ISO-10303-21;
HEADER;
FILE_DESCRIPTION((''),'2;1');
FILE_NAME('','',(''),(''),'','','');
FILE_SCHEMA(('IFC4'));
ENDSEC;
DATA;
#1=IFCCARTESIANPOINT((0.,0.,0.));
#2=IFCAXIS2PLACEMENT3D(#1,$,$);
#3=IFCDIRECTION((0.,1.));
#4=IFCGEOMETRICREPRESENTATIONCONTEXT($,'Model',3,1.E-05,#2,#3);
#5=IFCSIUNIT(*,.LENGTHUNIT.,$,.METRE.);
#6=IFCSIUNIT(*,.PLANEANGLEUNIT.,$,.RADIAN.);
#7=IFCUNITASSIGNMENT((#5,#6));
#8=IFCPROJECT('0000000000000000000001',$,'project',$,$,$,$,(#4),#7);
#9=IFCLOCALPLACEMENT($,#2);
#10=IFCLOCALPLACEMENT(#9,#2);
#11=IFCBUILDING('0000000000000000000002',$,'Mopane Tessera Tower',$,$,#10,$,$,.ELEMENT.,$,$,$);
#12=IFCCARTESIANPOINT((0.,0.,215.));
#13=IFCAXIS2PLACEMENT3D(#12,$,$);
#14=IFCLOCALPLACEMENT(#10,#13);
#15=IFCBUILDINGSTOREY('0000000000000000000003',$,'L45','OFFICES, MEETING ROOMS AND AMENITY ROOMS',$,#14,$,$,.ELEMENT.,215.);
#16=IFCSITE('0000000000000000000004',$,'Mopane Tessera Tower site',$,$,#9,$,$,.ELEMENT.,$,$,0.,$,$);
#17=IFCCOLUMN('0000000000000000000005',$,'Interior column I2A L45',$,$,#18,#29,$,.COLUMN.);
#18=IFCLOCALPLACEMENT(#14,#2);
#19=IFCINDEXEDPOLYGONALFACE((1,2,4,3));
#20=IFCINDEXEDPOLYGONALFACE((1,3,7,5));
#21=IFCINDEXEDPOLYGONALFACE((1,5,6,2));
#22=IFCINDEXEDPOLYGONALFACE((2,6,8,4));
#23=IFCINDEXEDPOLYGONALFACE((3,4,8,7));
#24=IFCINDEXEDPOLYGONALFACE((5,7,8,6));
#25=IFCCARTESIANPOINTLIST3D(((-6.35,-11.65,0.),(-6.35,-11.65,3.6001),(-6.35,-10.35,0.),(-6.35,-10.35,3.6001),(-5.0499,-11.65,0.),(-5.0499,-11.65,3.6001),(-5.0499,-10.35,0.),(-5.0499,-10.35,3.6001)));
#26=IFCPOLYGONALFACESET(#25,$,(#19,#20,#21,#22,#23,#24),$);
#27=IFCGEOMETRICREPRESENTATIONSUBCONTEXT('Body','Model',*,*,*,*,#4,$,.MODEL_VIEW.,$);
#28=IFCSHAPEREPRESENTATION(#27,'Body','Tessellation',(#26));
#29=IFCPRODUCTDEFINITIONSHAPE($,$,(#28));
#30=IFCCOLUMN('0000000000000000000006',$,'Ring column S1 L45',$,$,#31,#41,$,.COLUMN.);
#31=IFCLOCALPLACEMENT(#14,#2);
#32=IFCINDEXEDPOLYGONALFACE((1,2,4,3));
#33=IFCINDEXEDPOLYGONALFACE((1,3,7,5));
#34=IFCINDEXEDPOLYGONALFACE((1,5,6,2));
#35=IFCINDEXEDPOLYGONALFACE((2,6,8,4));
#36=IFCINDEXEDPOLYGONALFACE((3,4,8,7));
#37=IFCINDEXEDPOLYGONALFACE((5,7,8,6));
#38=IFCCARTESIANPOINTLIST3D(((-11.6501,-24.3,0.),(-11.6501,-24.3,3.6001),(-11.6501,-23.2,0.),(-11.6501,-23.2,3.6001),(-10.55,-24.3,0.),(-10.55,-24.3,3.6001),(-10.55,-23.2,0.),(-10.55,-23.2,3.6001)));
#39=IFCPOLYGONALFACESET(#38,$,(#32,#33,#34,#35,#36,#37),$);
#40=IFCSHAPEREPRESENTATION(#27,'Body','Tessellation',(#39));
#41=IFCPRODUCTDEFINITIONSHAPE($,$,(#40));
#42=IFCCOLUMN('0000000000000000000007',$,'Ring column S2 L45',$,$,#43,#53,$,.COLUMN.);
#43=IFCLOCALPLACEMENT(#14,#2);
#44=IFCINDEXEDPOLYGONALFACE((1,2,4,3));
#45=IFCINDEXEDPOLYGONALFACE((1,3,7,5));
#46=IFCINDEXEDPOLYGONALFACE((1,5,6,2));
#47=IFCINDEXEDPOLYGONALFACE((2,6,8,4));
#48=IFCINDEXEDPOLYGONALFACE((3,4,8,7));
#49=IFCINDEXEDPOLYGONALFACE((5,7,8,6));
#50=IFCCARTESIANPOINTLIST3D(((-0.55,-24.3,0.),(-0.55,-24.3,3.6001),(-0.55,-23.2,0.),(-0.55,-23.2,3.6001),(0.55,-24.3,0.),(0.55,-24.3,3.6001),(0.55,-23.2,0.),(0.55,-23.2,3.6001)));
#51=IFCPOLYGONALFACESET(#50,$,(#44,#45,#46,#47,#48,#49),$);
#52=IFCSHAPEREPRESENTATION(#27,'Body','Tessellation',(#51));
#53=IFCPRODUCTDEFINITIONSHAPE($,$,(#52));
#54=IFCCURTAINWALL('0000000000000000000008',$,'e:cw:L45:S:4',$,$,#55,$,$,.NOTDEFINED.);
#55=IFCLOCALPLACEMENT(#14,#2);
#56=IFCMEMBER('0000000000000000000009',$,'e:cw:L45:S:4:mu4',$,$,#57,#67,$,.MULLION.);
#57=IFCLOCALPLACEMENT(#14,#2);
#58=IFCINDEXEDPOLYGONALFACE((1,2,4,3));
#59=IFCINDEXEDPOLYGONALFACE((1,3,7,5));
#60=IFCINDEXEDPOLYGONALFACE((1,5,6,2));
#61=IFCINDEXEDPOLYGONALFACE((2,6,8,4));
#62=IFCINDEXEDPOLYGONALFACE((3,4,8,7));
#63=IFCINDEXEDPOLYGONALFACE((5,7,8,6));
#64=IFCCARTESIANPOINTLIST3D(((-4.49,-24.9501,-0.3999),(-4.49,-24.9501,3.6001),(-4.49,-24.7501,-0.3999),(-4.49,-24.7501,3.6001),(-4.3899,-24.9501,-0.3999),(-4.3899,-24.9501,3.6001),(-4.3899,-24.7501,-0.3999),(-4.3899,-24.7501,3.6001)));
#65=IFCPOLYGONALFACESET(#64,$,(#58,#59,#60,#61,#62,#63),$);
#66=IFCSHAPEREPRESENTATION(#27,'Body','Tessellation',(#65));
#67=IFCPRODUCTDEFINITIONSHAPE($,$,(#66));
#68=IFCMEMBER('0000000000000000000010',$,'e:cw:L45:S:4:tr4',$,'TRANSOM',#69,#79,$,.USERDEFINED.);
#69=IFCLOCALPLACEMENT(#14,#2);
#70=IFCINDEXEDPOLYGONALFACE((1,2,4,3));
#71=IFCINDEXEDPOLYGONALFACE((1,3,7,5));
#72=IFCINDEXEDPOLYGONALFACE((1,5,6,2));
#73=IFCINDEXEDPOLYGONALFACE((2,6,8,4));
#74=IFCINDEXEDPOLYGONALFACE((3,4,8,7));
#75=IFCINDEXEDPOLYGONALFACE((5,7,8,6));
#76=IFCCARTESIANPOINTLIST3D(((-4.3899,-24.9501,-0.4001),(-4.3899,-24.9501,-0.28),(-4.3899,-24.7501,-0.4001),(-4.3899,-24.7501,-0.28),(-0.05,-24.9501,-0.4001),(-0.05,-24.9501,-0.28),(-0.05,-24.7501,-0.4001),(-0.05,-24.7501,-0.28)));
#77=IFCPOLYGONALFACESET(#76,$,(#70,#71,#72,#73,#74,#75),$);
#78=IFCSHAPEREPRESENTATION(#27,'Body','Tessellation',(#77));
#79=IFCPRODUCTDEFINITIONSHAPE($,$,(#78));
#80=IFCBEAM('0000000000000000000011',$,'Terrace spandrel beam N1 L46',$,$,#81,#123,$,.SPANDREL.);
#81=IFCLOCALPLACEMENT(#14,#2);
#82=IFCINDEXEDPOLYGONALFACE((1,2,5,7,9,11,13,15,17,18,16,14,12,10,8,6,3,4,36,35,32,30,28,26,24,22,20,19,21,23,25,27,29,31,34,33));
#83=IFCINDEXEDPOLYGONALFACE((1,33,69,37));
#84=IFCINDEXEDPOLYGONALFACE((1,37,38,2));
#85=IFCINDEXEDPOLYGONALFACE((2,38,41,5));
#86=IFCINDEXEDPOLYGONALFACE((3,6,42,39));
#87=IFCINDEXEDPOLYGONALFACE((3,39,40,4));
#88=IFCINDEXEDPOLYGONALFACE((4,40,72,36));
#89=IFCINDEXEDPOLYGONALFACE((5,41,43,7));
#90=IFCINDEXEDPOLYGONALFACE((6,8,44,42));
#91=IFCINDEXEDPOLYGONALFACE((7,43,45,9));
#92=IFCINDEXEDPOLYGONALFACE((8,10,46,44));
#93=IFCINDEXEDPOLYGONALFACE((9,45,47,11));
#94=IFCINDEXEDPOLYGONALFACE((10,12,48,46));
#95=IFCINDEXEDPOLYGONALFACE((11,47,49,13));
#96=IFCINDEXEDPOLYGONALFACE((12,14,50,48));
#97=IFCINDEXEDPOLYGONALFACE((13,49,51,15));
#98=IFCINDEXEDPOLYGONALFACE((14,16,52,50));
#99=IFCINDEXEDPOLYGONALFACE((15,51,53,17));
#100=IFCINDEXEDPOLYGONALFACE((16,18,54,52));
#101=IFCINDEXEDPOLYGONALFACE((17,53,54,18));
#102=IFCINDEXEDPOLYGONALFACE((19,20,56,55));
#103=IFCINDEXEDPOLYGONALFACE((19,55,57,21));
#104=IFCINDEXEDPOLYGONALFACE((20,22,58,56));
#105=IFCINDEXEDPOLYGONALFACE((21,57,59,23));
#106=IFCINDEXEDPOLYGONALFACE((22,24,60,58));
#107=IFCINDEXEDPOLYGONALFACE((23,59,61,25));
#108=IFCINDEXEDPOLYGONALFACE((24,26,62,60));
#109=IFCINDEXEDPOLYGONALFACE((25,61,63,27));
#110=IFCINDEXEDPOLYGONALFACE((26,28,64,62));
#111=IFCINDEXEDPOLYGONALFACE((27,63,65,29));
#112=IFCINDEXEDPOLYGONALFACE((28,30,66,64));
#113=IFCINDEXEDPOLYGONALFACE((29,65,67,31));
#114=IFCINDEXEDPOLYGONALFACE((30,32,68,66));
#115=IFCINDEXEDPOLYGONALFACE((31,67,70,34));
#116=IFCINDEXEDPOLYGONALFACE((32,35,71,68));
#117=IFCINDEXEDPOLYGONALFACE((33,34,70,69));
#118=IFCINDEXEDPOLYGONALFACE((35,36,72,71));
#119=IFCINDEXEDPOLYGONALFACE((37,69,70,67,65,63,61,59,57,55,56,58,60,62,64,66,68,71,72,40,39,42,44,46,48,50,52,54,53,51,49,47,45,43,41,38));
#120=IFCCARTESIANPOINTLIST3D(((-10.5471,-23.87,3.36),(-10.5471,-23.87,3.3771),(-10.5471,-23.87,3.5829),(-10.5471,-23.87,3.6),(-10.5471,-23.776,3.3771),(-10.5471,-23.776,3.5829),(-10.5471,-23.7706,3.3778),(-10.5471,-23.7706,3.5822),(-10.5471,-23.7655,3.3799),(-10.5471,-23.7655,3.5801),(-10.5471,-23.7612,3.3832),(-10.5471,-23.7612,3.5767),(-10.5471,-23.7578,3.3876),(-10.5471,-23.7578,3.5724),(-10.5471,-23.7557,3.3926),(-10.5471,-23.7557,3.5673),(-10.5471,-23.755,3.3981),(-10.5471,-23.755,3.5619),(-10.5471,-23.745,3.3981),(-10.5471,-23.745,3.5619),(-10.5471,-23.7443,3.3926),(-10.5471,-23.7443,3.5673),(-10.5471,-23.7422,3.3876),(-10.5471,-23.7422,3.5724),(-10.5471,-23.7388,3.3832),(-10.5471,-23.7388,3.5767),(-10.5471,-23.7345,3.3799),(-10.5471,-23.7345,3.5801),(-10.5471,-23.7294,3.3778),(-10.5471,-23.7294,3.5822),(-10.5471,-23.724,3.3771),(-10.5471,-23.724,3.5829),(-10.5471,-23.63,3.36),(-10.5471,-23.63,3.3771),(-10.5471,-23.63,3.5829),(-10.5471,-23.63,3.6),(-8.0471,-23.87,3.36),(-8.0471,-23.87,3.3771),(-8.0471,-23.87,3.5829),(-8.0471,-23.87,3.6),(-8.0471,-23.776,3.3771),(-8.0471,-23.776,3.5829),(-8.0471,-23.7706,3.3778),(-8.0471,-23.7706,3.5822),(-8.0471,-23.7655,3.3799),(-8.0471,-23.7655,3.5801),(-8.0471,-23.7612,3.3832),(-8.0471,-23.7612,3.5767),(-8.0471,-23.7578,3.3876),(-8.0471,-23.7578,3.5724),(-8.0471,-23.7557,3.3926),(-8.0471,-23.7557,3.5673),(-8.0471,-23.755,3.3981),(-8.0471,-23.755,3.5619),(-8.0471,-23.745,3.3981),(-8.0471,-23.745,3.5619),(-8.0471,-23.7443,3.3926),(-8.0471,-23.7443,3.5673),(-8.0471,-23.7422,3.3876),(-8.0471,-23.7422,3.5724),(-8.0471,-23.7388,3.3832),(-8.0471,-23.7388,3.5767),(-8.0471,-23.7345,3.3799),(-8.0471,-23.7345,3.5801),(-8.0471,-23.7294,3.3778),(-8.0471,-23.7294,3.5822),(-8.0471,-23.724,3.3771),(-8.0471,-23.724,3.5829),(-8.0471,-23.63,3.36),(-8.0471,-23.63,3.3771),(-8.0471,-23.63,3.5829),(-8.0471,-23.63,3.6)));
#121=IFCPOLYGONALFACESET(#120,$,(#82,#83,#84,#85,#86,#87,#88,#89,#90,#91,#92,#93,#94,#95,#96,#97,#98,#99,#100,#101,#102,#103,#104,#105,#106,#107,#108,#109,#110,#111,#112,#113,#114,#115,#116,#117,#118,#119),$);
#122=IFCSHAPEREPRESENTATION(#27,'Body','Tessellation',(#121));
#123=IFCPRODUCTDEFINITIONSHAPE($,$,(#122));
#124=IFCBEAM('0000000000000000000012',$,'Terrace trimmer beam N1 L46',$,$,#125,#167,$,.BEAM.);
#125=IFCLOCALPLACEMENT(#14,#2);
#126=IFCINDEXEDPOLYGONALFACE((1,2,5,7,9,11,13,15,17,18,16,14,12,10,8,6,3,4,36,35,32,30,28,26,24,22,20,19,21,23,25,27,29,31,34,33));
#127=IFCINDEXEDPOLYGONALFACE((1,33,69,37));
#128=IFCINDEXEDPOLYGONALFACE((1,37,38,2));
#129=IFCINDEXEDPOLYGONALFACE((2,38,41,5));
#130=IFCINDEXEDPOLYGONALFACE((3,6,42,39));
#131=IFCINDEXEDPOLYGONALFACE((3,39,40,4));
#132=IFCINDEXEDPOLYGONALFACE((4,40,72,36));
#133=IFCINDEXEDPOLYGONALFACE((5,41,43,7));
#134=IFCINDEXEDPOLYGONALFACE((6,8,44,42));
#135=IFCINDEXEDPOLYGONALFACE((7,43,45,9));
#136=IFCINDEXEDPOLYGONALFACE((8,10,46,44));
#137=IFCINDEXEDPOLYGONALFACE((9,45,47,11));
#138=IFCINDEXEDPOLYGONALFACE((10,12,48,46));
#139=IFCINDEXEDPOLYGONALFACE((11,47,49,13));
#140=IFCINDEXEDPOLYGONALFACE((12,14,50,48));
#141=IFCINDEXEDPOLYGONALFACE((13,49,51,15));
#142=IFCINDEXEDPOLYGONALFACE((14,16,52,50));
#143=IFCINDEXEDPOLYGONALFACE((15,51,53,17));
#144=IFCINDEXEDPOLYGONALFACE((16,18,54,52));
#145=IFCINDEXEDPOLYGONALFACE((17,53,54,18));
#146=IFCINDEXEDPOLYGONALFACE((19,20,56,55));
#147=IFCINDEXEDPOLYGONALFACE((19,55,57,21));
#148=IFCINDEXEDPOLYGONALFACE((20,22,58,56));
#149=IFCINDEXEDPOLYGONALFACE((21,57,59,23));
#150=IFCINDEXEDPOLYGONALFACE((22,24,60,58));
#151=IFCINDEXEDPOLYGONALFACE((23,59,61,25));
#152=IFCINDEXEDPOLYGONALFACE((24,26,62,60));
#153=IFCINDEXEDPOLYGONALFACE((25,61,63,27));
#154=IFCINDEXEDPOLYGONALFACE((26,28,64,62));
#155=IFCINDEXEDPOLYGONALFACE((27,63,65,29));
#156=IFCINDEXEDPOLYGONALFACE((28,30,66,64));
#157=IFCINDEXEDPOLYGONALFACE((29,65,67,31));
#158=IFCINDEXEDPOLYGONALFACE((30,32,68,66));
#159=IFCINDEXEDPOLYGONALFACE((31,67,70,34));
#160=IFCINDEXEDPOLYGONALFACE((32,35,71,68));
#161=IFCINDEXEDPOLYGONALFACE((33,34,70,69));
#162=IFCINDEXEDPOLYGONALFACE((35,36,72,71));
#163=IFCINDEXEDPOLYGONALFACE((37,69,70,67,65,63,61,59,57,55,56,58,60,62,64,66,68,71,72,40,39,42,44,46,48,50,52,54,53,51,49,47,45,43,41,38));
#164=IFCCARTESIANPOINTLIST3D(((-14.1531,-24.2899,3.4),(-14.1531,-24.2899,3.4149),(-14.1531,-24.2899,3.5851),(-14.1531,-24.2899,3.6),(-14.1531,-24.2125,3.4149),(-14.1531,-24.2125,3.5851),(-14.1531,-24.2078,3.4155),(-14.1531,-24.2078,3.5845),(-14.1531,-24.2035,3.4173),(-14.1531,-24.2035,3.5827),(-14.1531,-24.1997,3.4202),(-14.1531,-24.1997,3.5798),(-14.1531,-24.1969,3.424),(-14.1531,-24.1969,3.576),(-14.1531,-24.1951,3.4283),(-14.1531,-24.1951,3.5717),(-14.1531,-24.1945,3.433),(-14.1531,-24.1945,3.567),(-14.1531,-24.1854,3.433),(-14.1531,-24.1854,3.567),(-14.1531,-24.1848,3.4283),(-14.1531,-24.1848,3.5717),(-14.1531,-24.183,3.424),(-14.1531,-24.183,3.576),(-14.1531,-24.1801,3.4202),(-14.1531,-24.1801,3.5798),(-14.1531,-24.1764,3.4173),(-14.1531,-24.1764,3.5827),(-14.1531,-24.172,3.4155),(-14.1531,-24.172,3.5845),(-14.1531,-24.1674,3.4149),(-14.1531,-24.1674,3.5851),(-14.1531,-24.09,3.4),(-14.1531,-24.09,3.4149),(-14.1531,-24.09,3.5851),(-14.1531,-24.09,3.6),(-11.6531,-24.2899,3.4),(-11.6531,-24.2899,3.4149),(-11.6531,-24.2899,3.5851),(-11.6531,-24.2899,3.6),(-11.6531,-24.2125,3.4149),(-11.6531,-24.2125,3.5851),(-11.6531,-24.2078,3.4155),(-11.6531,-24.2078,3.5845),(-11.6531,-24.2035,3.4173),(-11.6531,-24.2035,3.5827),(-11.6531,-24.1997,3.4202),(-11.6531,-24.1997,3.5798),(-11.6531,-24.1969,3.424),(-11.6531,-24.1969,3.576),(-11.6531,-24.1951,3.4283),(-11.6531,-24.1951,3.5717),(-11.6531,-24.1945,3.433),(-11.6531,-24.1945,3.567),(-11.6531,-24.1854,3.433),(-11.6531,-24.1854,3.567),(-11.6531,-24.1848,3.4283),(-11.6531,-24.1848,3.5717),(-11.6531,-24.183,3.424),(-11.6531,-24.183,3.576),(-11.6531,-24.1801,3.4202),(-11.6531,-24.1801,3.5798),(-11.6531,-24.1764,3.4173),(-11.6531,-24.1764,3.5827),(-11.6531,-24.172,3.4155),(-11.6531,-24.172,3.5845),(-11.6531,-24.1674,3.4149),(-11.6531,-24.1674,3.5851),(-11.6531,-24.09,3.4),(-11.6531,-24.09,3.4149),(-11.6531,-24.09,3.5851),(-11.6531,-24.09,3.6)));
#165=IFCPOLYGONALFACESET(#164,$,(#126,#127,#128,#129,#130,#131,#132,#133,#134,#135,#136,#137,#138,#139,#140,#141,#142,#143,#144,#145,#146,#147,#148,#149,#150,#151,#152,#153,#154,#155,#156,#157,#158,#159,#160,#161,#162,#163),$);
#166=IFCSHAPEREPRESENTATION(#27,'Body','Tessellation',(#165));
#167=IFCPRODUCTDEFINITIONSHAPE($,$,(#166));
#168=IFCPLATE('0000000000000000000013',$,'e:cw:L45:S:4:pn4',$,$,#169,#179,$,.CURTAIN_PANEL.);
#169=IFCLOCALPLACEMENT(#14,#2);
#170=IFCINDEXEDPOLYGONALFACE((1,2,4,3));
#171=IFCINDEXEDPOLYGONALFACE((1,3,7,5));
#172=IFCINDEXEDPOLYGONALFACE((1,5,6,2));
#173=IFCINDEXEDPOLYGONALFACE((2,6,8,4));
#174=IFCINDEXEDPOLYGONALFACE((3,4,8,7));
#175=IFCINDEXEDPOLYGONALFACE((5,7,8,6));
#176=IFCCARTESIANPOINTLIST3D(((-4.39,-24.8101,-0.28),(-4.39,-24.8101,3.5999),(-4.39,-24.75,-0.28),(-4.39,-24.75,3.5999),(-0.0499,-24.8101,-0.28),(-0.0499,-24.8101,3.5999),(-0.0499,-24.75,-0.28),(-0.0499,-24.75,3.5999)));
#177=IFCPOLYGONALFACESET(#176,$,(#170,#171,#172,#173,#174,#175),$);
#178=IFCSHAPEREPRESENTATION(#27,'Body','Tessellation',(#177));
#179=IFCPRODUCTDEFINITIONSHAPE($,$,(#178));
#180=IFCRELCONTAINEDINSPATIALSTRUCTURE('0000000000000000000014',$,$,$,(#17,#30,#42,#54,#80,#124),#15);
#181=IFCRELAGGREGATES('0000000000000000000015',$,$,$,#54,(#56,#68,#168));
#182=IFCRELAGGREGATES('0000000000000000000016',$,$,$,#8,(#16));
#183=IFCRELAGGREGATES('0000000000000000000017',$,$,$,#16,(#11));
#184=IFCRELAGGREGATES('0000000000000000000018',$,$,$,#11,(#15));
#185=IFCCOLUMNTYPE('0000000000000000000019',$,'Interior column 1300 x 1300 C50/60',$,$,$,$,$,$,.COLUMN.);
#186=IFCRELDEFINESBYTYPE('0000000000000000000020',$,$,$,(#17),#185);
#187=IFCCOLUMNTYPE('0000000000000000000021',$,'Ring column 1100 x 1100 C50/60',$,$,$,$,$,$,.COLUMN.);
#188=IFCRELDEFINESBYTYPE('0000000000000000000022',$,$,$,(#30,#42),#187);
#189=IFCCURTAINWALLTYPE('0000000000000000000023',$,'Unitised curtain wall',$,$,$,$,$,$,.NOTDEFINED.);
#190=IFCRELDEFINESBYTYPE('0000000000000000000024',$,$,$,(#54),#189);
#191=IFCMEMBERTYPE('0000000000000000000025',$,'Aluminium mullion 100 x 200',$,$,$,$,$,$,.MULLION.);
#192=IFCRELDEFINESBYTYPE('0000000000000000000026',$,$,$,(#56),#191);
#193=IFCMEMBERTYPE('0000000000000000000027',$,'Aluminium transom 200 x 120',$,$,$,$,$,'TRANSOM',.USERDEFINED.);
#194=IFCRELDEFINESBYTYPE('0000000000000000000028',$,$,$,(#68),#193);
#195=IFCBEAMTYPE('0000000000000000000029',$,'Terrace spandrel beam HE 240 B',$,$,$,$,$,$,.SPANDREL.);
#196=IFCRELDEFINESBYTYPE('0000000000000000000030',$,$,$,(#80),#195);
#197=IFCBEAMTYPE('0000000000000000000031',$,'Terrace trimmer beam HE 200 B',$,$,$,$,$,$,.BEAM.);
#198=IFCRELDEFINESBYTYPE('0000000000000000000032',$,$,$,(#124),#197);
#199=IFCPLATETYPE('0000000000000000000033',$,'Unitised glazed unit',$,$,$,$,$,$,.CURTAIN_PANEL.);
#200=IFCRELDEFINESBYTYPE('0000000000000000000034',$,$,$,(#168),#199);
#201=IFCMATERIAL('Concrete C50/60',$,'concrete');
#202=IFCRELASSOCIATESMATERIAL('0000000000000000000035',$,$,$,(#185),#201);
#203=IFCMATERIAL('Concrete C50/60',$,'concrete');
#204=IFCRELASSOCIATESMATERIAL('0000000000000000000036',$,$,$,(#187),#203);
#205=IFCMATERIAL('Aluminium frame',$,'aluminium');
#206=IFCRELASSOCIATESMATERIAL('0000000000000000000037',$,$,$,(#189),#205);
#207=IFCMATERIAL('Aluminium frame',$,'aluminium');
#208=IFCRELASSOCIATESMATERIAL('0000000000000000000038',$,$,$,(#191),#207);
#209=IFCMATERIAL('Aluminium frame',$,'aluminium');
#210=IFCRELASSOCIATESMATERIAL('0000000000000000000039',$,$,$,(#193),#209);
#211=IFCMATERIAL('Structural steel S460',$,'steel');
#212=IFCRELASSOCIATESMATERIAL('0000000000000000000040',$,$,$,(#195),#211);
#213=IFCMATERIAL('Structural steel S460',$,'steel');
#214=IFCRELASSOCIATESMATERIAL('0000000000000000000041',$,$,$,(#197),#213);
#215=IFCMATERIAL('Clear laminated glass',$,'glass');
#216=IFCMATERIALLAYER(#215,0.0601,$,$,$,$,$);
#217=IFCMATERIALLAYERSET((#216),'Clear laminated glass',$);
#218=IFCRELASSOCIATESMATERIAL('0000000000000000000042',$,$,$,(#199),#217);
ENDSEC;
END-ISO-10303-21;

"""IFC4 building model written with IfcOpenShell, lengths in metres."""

from ifc_helpers import new_model, si_unit, direction, frame, origin, origin_2d, place, context, subcontext, project, spatial, rectangle, i_section, extrude, material, layer, layer_set, material_profile, profile_set, type_object, element, aggregate, save


model = new_model("IFC4")

# Units and contexts
model_context = context("Model", 3, precision=1e-05, world=origin(), true_north=direction((0.0, 1.0)))
body_context = subcontext(model_context, "Body", "Model", "MODEL_VIEW")
ifc_project = project(units=[si_unit("LENGTHUNIT", "METRE"), si_unit("PLANEANGLEUNIT", "RADIAN")], contexts=[model_context])

# Site, building, storey
site_placement = place(None, origin())
site = spatial("IfcSite", under=ifc_project, at=site_placement, Name="Mopane Tessera Tower site", CompositionType="ELEMENT", RefElevation=0.0)
building_placement = place(site_placement, origin())
building = spatial("IfcBuilding", under=site, at=building_placement, Name="Mopane Tessera Tower", CompositionType="ELEMENT")
storey_placement = place(building_placement, frame((0.0, 0.0, 215.0)))
storey = spatial("IfcBuildingStorey", under=building, at=storey_placement, Name="L45", Description="OFFICES, MEETING ROOMS AND AMENITY ROOMS", CompositionType="ELEMENT", Elevation=215.0)

# Columns
ifc_material_1 = material(Name="Concrete C50/60", Category="concrete")
ifc_material_profile_1 = material_profile(ifc_material_1, rectangle(XDim=1.3, YDim=1.3, at=origin_2d()))
ifc_profile_set_1 = profile_set([ifc_material_profile_1], Name="Concrete C50/60")
column_type_1 = type_object("IfcColumnType", Name="Interior column 1300 x 1300 C50/60", PredefinedType="COLUMN", material=ifc_profile_set_1)
column_placement = place(storey_placement, frame((-5.7, -11.0, 0.0), z_axis=(0.0, 0.0, 1.0), x_axis=(1.0, 0.0, 0.0)))
element("IfcColumn", 1, at=column_placement, inside=storey, type_object=column_type_1, Name="Interior column I2A L45", PredefinedType="COLUMN", context=body_context, shape_type="SweptSolid", body=[
    extrude(rectangle(XDim=1.3, YDim=1.3, at=origin_2d()), origin(), (0.0, 0.0, 1.0), 3.6001),
])
ifc_material_2 = material(Name="Concrete C50/60", Category="concrete")
ifc_material_profile_2 = material_profile(ifc_material_2, rectangle(XDim=1.1001, YDim=1.1001, at=origin_2d()))
ifc_profile_set_2 = profile_set([ifc_material_profile_2], Name="Concrete C50/60")
column_type_2 = type_object("IfcColumnType", Name="Ring column 1100 x 1100 C50/60", PredefinedType="COLUMN", material=ifc_profile_set_2)
for number, where, z_axis, x_axis, name in (
    (2, (-11.1001, -23.75, 0.0), (0.0, 0.0, 1.0), (1.0, 0.0, 0.0), "Ring column S1 L45"),
    (3, (0.0, -23.75, 0.0), (0.0, 0.0, 1.0), (1.0, 0.0, 0.0), "Ring column S2 L45"),
):
    element("IfcColumn", number, at=place(storey_placement, frame(where, z_axis=z_axis, x_axis=x_axis)), inside=storey, type_object=column_type_2, Name=name, PredefinedType="COLUMN", context=body_context, shape_type="SweptSolid", body=[
        extrude(rectangle(XDim=1.1001, YDim=1.1001, at=origin_2d()), origin(), (0.0, 0.0, 1.0), 3.6001),
    ])

# Curtain wall, members
ifc_material_3 = material(Name="Aluminium frame", Category="aluminium")
curtain_wall_type = type_object("IfcCurtainWallType", Name="Unitised curtain wall", PredefinedType="NOTDEFINED", material=ifc_material_3)
curtain_wall_placement = place(storey_placement, origin())
curtain_wall = element("IfcCurtainWall", 4, at=curtain_wall_placement, inside=storey, type_object=curtain_wall_type, Name="e:cw:L45:S:4", PredefinedType="NOTDEFINED")
ifc_material_4 = material(Name="Aluminium frame", Category="aluminium")
ifc_material_profile_3 = material_profile(ifc_material_4, rectangle(XDim=0.1001, YDim=0.2, at=origin_2d()))
ifc_profile_set_3 = profile_set([ifc_material_profile_3], Name="Aluminium frame")
member_type_1 = type_object("IfcMemberType", Name="Aluminium mullion 100 x 200", PredefinedType="MULLION", material=ifc_profile_set_3)
member_1_placement = place(storey_placement, frame((-4.4399, -24.8501, -0.3999), z_axis=(0.0, 0.0, 1.0), x_axis=(1.0, 0.0, 0.0)))
member_1 = element("IfcMember", 5, at=member_1_placement, type_object=member_type_1, Name="e:cw:L45:S:4:mu4", PredefinedType="MULLION", context=body_context, shape_type="SweptSolid", body=[
    extrude(rectangle(XDim=0.1001, YDim=0.2, at=origin_2d()), origin(), (0.0, 0.0, 1.0), 4.0),
])
ifc_material_5 = material(Name="Aluminium frame", Category="aluminium")
ifc_material_profile_4 = material_profile(ifc_material_5, rectangle(XDim=0.2, YDim=0.1201, at=origin_2d()))
ifc_profile_set_4 = profile_set([ifc_material_profile_4], Name="Aluminium frame")
member_type_2 = type_object("IfcMemberType", Name="Aluminium transom 200 x 120", ElementType="TRANSOM", PredefinedType="USERDEFINED", material=ifc_profile_set_4)
member_2_placement = place(storey_placement, frame((-4.3899, -24.8501, -0.3401), z_axis=(1.0, 0.0, 0.0), x_axis=(0.0, 1.0, 0.0)))
member_2 = element("IfcMember", 6, at=member_2_placement, type_object=member_type_2, Name="e:cw:L45:S:4:tr4", ObjectType="TRANSOM", PredefinedType="USERDEFINED", context=body_context, shape_type="SweptSolid", body=[
    extrude(rectangle(XDim=0.2, YDim=0.1201, at=origin_2d()), origin(), (0.0, 0.0, 1.0), 4.3398),
])

# Beams
ifc_material_6 = material(Name="Structural steel S460", Category="steel")
ifc_material_profile_5 = material_profile(ifc_material_6, i_section(OverallWidth=0.24, OverallDepth=0.24, WebThickness=0.01, FlangeThickness=0.0171, FilletRadius=0.021, at=origin_2d()))
ifc_profile_set_5 = profile_set([ifc_material_profile_5], Name="Structural steel S460")
beam_type_1 = type_object("IfcBeamType", Name="Terrace spandrel beam HE 240 B", PredefinedType="SPANDREL", material=ifc_profile_set_5)
beam_1_placement = place(storey_placement, frame((-10.5471, -23.75, 3.48), z_axis=(1.0, 0.0, 0.0), x_axis=(0.0, 1.0, 0.0)))
element("IfcBeam", 7, at=beam_1_placement, inside=storey, type_object=beam_type_1, Name="Terrace spandrel beam N1 L46", PredefinedType="SPANDREL", context=body_context, shape_type="SweptSolid", body=[
    extrude(i_section(OverallWidth=0.24, OverallDepth=0.24, WebThickness=0.01, FlangeThickness=0.0171, FilletRadius=0.021, at=origin_2d()), origin(), (0.0, 0.0, 1.0), 2.5),
])
ifc_material_7 = material(Name="Structural steel S460", Category="steel")
ifc_material_profile_6 = material_profile(ifc_material_7, i_section(OverallWidth=0.2, OverallDepth=0.2, WebThickness=0.009, FlangeThickness=0.0149, FilletRadius=0.0181, at=origin_2d()))
ifc_profile_set_6 = profile_set([ifc_material_profile_6], Name="Structural steel S460")
beam_type_2 = type_object("IfcBeamType", Name="Terrace trimmer beam HE 200 B", PredefinedType="BEAM", material=ifc_profile_set_6)
beam_2_placement = place(storey_placement, frame((-11.6531, -24.1899, 3.5), z_axis=(-1.0, 0.0, 0.0), x_axis=(0.0, -1.0, 0.0)))
element("IfcBeam", 8, at=beam_2_placement, inside=storey, type_object=beam_type_2, Name="Terrace trimmer beam N1 L46", PredefinedType="BEAM", context=body_context, shape_type="SweptSolid", body=[
    extrude(i_section(OverallWidth=0.2, OverallDepth=0.2, WebThickness=0.009, FlangeThickness=0.0149, FilletRadius=0.0181, at=origin_2d()), origin(), (0.0, 0.0, 1.0), 2.5),
])

# Plate
ifc_material_8 = material(Name="Clear laminated glass", Category="glass")
ifc_layer_1 = layer(ifc_material_8, 0.0601)
ifc_layer_set_1 = layer_set([ifc_layer_1], Name="Clear laminated glass")
plate_type = type_object("IfcPlateType", Name="Unitised glazed unit", PredefinedType="CURTAIN_PANEL", material=ifc_layer_set_1)
plate_placement = place(storey_placement, frame((-2.22, -24.78, -0.28), z_axis=(0.0, 0.0, 1.0), x_axis=(1.0, 0.0, 0.0)))
plate = element("IfcPlate", 9, at=plate_placement, type_object=plate_type, Name="e:cw:L45:S:4:pn4", PredefinedType="CURTAIN_PANEL", context=body_context, shape_type="SweptSolid", body=[
    extrude(rectangle(XDim=4.3401, YDim=0.0601, at=origin_2d()), origin(), (0.0, 0.0, 1.0), 3.8799),
])
aggregate(curtain_wall, [member_1, member_2, plate])

save(model, "model.ifc")
